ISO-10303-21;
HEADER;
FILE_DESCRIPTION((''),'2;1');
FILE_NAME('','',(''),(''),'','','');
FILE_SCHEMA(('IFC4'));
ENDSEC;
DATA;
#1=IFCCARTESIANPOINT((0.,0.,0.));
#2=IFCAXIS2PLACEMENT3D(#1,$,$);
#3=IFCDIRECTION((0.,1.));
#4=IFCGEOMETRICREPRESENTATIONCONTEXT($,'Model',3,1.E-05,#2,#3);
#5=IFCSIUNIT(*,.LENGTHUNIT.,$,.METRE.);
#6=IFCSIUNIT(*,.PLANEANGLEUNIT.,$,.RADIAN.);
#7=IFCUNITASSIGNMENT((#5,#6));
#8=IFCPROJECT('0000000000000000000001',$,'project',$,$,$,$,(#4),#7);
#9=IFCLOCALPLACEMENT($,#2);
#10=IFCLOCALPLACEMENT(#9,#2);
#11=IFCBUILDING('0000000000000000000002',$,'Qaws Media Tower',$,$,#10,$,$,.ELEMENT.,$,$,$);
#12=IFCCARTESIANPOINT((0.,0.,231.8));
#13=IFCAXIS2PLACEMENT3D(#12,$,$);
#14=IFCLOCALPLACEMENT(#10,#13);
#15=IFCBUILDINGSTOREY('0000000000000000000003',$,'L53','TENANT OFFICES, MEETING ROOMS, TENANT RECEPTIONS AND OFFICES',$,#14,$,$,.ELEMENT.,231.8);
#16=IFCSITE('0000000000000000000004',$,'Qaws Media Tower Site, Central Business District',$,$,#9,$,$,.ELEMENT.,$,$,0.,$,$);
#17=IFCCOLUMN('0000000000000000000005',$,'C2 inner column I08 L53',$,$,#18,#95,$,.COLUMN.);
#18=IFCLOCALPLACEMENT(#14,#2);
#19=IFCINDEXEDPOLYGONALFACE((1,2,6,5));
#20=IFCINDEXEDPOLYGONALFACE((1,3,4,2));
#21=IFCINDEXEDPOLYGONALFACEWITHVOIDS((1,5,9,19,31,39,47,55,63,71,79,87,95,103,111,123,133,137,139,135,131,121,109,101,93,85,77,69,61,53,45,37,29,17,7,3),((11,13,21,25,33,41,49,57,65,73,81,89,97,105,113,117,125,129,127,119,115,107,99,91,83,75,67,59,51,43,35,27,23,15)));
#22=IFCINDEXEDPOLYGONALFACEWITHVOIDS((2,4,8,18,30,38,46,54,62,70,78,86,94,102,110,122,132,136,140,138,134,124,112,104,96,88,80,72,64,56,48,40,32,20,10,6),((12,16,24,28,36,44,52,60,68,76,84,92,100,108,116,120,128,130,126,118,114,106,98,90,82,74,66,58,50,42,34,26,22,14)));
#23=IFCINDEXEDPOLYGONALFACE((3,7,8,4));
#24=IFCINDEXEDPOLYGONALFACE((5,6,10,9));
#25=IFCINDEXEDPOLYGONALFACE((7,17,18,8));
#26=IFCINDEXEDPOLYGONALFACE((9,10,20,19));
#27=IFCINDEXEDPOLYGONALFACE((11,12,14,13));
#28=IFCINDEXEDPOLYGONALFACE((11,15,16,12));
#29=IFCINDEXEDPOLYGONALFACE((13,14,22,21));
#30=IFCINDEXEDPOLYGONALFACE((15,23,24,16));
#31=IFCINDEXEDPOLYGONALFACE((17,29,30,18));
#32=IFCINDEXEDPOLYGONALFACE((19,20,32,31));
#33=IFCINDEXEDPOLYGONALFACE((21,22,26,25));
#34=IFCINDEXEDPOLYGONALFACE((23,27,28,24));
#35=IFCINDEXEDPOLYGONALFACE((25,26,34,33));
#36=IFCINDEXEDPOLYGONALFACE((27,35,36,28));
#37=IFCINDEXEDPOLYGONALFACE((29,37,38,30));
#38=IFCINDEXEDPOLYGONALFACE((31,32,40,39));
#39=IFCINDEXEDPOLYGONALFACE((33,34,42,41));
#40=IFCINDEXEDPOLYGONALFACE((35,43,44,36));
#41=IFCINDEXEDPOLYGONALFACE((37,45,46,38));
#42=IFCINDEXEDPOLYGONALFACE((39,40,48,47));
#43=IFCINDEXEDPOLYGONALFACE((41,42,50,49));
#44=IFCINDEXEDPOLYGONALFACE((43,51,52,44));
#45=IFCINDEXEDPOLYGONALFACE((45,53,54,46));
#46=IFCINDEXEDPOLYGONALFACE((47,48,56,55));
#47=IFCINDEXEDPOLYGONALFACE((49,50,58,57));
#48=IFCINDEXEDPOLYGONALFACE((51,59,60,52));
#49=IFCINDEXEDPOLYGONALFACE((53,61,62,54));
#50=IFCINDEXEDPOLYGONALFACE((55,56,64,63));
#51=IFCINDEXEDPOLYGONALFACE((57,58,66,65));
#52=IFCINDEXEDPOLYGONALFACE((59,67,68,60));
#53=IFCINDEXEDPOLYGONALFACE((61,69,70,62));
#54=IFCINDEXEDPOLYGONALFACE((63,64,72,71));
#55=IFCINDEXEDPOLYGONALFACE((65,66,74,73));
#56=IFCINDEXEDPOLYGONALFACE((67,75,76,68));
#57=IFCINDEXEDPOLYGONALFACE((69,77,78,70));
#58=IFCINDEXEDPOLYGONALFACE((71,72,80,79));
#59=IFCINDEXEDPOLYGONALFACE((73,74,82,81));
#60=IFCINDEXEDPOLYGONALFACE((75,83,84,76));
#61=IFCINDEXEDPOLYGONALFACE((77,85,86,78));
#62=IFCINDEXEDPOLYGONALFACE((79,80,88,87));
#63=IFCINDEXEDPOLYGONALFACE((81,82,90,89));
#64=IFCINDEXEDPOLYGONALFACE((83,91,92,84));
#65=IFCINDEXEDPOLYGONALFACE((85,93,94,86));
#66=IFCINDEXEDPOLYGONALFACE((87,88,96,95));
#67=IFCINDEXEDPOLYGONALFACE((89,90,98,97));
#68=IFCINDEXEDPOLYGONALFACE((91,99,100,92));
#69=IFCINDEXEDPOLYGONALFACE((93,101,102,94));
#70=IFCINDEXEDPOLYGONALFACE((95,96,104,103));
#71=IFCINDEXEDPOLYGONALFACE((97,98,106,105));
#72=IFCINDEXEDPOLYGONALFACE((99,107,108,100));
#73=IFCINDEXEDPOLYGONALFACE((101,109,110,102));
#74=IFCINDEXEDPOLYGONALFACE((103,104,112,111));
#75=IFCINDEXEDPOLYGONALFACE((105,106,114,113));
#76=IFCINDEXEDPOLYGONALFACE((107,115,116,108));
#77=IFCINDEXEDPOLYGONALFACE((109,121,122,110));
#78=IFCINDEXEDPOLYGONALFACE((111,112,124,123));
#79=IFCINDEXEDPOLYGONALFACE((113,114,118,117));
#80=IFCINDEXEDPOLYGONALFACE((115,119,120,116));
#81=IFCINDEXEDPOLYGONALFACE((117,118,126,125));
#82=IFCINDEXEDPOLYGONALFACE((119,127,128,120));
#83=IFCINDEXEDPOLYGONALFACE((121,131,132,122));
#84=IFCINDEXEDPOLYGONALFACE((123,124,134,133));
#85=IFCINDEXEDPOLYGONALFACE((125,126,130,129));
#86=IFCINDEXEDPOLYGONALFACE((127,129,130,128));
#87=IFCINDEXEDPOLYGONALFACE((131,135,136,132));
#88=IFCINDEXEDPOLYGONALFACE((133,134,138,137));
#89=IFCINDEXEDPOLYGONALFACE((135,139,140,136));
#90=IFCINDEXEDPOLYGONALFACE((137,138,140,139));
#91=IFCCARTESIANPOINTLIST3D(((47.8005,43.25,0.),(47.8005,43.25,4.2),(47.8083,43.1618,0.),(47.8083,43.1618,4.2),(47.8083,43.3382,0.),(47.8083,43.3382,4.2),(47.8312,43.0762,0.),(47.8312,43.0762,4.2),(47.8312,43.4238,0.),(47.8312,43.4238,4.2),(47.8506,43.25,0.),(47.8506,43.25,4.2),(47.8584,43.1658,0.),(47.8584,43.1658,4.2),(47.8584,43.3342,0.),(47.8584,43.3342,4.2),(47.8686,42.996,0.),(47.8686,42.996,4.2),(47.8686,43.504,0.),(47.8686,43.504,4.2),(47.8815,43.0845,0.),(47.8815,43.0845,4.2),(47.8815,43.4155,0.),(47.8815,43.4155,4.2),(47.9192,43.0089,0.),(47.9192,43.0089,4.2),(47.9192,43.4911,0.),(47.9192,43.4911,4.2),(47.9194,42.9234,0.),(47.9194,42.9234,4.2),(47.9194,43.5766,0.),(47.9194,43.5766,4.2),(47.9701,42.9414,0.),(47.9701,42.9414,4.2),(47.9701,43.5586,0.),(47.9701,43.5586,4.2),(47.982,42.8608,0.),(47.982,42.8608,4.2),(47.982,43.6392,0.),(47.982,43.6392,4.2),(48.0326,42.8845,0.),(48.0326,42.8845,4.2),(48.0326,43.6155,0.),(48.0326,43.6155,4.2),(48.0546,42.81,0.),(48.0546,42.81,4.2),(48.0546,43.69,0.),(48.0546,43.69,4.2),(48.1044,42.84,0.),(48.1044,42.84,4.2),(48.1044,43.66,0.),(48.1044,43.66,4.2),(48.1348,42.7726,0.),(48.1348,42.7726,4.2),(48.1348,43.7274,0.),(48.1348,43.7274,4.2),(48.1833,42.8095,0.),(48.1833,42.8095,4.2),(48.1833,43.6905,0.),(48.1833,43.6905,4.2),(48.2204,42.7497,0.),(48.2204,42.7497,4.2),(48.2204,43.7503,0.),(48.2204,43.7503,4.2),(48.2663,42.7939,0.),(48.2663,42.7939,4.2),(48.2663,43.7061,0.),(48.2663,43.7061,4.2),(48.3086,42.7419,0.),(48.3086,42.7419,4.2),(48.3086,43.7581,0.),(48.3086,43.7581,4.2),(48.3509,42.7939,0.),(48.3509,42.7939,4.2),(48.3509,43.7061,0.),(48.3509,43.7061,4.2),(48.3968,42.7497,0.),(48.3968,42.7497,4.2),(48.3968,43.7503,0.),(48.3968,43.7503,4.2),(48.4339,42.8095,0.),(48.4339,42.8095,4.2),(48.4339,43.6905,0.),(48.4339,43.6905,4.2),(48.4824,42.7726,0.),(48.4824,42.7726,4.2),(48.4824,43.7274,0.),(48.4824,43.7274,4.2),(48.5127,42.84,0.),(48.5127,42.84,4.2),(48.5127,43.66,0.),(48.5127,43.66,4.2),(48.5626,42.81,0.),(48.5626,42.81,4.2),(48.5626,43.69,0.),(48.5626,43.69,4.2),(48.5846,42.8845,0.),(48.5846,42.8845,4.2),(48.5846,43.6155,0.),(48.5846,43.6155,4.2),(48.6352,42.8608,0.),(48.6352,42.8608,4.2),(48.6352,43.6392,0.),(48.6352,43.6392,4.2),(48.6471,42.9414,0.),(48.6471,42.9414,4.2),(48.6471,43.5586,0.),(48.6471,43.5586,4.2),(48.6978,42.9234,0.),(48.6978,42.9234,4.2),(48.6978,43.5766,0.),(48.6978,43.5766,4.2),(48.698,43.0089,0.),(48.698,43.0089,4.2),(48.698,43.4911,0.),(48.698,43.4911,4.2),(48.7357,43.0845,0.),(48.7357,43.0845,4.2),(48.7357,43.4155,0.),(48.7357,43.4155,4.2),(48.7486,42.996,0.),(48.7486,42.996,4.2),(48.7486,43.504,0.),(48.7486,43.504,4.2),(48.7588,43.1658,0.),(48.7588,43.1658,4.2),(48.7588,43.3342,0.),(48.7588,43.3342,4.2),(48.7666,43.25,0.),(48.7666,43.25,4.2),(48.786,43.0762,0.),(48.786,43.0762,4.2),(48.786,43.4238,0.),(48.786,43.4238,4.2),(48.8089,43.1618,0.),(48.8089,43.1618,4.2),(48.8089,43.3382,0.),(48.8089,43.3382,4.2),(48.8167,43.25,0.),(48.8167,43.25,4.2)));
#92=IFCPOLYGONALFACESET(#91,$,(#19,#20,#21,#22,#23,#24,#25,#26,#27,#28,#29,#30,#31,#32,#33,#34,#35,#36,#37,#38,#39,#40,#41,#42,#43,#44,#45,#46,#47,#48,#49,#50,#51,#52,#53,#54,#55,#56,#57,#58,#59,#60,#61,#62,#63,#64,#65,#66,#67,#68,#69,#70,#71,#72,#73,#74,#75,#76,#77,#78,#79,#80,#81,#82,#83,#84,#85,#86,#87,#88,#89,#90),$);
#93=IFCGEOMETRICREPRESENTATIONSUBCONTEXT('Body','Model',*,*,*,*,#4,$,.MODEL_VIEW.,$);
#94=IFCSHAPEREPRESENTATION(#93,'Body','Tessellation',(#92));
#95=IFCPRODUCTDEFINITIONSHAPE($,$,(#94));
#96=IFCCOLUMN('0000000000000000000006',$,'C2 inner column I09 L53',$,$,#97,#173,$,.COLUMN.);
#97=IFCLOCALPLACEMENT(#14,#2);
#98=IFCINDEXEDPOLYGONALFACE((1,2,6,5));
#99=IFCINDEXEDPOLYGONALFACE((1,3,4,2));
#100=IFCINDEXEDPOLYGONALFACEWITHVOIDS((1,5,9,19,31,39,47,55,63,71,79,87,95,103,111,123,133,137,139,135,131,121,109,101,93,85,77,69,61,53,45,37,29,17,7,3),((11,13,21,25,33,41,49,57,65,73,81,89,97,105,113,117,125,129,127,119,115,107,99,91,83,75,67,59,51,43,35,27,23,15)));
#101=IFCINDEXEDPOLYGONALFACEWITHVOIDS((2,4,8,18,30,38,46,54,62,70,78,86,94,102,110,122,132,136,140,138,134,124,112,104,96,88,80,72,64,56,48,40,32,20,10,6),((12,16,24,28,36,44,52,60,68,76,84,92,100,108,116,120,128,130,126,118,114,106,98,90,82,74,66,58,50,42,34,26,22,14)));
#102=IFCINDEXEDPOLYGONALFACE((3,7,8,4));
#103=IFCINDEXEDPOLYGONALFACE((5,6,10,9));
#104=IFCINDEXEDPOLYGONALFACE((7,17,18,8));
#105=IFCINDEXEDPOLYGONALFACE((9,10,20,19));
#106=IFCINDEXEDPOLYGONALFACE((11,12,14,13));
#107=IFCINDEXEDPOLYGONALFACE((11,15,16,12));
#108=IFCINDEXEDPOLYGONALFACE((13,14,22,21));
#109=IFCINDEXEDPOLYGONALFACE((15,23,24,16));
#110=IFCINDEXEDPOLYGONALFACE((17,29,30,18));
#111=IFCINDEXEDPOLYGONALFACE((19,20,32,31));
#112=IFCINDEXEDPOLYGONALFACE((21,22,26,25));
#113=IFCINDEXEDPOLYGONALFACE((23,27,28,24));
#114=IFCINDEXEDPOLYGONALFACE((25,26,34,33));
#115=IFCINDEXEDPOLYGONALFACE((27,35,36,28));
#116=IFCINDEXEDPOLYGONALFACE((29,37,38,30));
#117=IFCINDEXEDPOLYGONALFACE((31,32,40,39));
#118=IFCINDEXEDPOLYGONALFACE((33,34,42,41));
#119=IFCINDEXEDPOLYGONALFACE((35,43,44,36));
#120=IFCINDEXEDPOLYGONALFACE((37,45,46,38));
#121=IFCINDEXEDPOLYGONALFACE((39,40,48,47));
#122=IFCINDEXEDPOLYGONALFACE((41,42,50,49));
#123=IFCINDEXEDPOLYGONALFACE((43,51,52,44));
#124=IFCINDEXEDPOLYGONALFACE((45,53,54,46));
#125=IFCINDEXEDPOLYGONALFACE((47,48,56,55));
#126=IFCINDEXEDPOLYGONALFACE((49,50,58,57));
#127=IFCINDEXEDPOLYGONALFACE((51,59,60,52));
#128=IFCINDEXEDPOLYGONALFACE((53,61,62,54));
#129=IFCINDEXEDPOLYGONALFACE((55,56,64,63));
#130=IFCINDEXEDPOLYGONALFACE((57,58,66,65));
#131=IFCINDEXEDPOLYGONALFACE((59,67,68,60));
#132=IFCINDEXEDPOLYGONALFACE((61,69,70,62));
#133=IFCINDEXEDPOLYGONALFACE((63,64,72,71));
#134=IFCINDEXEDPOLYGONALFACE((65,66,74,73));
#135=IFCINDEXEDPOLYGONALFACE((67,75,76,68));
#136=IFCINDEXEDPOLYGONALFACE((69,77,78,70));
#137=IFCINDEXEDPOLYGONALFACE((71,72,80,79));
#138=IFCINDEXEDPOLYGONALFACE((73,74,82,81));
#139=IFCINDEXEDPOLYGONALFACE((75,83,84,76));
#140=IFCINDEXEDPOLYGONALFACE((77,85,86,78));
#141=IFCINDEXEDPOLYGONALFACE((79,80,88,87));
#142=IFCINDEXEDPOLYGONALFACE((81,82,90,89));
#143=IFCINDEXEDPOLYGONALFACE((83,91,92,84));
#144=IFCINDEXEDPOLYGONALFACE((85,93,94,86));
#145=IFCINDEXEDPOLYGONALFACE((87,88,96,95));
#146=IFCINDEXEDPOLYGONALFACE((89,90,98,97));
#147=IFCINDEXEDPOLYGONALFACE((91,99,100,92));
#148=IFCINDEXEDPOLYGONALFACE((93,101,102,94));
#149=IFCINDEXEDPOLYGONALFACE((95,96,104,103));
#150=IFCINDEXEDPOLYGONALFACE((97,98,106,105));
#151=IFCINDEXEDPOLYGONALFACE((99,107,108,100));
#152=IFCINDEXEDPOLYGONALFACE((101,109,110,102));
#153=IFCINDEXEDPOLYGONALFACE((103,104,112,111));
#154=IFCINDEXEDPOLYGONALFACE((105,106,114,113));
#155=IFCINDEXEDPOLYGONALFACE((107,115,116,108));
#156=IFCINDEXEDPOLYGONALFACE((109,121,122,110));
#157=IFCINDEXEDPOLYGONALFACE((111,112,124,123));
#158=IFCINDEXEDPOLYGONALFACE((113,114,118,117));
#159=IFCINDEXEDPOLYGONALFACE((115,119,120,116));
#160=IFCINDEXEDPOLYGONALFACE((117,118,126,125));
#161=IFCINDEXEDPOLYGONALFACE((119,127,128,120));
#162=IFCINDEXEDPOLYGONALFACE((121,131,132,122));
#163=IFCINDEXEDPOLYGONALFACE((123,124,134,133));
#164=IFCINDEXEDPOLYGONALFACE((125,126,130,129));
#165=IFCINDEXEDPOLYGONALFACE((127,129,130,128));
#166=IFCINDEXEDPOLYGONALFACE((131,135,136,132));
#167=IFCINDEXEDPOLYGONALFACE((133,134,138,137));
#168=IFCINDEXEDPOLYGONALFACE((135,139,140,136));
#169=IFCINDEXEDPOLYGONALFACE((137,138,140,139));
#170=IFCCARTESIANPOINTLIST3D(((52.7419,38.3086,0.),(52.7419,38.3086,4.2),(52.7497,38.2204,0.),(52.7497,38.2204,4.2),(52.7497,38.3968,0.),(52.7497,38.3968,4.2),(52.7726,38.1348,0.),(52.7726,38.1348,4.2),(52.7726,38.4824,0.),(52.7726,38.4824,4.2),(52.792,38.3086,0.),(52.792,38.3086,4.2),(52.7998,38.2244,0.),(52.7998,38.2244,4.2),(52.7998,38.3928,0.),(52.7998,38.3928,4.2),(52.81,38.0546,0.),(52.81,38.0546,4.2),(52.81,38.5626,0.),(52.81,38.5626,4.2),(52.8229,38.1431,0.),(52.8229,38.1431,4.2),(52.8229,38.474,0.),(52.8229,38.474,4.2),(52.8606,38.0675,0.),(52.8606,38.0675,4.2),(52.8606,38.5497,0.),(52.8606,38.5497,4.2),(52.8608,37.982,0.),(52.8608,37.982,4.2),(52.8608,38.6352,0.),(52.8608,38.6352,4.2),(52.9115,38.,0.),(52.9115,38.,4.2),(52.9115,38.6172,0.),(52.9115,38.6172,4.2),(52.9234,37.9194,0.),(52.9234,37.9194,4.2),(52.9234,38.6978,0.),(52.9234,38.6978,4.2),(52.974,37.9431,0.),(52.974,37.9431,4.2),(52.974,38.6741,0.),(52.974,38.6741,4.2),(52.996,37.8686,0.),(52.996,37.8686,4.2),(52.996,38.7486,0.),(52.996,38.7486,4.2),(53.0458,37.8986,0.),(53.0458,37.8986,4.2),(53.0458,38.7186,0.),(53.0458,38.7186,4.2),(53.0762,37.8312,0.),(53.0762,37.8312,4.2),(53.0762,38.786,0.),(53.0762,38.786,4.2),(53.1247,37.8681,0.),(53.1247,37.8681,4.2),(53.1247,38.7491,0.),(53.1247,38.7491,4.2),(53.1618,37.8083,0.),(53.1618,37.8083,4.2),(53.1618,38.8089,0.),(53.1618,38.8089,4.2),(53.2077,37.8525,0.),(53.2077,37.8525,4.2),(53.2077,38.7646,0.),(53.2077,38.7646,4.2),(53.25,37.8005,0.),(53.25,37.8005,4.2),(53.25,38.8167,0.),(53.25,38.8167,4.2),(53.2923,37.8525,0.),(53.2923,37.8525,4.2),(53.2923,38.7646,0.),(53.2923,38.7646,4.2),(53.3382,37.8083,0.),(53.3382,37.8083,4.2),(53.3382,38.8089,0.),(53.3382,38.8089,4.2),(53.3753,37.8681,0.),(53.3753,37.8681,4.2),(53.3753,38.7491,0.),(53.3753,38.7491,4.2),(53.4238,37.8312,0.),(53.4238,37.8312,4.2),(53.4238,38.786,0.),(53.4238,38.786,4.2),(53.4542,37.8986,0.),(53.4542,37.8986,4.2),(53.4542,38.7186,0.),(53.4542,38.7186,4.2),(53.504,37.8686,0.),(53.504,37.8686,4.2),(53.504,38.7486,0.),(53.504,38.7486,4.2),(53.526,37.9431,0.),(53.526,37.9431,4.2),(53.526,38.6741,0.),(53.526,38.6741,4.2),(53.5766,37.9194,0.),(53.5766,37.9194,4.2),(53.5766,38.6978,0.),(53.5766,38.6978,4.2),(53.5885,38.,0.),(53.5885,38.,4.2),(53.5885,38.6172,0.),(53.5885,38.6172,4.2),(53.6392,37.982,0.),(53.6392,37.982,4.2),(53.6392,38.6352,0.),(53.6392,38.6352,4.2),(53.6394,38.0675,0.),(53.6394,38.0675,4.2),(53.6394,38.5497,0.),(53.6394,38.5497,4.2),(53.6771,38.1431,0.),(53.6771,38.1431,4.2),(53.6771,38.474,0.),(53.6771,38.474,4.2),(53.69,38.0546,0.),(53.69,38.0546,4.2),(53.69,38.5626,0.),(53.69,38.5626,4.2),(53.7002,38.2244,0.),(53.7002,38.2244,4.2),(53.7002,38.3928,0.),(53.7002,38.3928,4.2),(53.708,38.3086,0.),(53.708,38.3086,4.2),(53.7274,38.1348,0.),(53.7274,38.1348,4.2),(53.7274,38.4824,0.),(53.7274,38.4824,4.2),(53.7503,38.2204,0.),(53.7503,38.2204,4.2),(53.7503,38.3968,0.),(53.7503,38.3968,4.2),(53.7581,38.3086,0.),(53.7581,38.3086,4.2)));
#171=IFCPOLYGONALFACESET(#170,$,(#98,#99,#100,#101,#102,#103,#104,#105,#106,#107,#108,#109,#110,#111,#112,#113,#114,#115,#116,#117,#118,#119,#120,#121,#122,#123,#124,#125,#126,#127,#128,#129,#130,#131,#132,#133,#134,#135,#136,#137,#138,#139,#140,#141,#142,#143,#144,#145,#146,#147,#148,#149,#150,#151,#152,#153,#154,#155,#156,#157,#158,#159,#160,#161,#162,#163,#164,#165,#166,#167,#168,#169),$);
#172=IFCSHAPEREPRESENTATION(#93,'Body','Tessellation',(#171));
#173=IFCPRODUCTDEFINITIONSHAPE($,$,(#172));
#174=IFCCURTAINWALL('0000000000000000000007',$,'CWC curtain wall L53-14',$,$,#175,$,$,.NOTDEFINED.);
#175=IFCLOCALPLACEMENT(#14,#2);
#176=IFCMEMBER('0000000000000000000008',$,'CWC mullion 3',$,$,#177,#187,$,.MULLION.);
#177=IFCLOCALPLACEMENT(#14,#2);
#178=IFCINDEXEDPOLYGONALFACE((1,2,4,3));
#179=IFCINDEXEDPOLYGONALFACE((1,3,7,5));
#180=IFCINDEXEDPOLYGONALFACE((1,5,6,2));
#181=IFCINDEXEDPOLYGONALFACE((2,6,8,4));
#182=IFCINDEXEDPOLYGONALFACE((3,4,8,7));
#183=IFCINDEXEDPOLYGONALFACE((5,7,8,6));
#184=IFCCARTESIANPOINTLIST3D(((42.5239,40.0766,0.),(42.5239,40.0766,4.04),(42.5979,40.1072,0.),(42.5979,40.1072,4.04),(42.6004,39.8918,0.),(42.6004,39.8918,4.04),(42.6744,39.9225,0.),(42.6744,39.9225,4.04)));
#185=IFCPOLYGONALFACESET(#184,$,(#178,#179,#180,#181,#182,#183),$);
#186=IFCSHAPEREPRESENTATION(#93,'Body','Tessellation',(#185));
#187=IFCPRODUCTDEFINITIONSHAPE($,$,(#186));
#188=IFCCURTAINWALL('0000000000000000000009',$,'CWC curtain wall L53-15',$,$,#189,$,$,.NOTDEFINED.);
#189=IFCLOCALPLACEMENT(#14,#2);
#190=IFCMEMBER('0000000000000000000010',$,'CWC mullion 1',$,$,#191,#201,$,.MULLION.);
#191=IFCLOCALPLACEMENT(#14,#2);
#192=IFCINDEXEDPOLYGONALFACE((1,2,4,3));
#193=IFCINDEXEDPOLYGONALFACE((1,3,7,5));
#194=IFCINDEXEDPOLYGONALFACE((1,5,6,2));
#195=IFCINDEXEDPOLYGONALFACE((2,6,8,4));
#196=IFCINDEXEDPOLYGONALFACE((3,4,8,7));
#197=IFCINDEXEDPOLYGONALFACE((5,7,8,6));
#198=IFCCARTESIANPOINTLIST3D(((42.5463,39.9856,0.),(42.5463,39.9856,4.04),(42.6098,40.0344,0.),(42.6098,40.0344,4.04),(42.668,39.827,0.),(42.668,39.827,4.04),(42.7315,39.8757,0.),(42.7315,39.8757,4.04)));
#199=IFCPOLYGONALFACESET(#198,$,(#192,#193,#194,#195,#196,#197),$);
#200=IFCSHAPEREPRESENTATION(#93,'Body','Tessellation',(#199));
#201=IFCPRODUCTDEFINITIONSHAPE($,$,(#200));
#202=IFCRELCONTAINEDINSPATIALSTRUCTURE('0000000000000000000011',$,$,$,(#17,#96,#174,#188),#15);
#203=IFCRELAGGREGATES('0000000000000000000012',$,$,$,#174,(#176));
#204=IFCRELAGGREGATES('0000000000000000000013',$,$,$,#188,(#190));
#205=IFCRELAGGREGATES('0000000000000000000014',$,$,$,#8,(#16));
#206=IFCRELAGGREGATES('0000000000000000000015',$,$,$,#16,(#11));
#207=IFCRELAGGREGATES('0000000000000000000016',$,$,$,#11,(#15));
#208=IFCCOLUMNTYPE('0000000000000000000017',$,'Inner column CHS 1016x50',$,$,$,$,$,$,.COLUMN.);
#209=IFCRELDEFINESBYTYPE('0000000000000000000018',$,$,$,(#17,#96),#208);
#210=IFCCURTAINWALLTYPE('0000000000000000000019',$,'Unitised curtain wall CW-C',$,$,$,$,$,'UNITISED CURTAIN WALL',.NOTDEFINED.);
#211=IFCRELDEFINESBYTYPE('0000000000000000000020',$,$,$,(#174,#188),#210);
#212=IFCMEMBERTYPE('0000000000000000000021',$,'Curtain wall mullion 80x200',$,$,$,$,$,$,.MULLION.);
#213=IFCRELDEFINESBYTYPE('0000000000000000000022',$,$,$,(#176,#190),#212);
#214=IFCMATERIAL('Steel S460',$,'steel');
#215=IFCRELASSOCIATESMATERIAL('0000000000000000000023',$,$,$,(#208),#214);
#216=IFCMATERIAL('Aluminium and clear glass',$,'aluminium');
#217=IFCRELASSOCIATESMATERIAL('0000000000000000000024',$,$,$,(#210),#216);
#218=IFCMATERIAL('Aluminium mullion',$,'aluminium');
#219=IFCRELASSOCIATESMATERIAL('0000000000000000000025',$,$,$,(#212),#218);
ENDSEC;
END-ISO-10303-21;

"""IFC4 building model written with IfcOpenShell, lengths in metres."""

from ifc_helpers import new_model, si_unit, direction, frame, origin, origin_2d, place, context, subcontext, project, spatial, rectangle, hollow_circle, extrude, material, material_profile, profile_set, type_object, element, aggregate, save


model = new_model("IFC4")

# Units and contexts
model_context = context("Model", 3, precision=1e-05, world=origin(), true_north=direction((0.0, 1.0)))
body_context = subcontext(model_context, "Body", "Model", "MODEL_VIEW")
ifc_project = project(units=[si_unit("LENGTHUNIT", "METRE"), si_unit("PLANEANGLEUNIT", "RADIAN")], contexts=[model_context])

# Site, building, storey
site_placement = place(None, origin())
site = spatial("IfcSite", under=ifc_project, at=site_placement, Name="Qaws Media Tower Site, Central Business District", CompositionType="ELEMENT", RefElevation=0.0)
building_placement = place(site_placement, origin())
building = spatial("IfcBuilding", under=site, at=building_placement, Name="Qaws Media Tower", CompositionType="ELEMENT")
storey_placement = place(building_placement, frame((0.0, 0.0, 231.8)))
storey = spatial("IfcBuildingStorey", under=building, at=storey_placement, Name="L53", Description="TENANT OFFICES, MEETING ROOMS, TENANT RECEPTIONS AND OFFICES", CompositionType="ELEMENT", Elevation=231.8)

# Columns
ifc_material_1 = material(Name="Steel S460", Category="steel")
ifc_material_profile_1 = material_profile(ifc_material_1, hollow_circle(Radius=0.5081, WallThickness=0.05, at=origin_2d()), Name="CHS 1016x50")
ifc_profile_set_1 = profile_set([ifc_material_profile_1], Name="Steel S460")
column_type = type_object("IfcColumnType", Name="Inner column CHS 1016x50", PredefinedType="COLUMN", material=ifc_profile_set_1)
for number, where, z_axis, x_axis, name in (
    (1, (48.3086, 43.25, 0.0), (0.0, 0.0, 1.0), (1.0, 0.0, 0.0), "C2 inner column I08 L53"),
    (2, (53.25, 38.3086, 0.0), (0.0, 0.0, 1.0), (1.0, 0.0, 0.0), "C2 inner column I09 L53"),
):
    element("IfcColumn", number, at=place(storey_placement, frame(where, z_axis=z_axis, x_axis=x_axis)), inside=storey, type_object=column_type, Name=name, PredefinedType="COLUMN", context=body_context, shape_type="SweptSolid", body=[
        extrude(hollow_circle(Radius=0.5081, WallThickness=0.05, at=origin_2d()), origin(), (0.0, 0.0, 1.0), 4.2),
    ])

# Curtain wall, member
ifc_material_2 = material(Name="Aluminium and clear glass", Category="aluminium")
curtain_wall_type = type_object("IfcCurtainWallType", Name="Unitised curtain wall CW-C", ElementType="UNITISED CURTAIN WALL", PredefinedType="NOTDEFINED", material=ifc_material_2)
curtain_wall_1_placement = place(storey_placement, origin())
curtain_wall_1 = element("IfcCurtainWall", 3, at=curtain_wall_1_placement, inside=storey, type_object=curtain_wall_type, Name="CWC curtain wall L53-14", PredefinedType="NOTDEFINED")
ifc_material_3 = material(Name="Aluminium mullion", Category="aluminium")
ifc_material_profile_2 = material_profile(ifc_material_3, rectangle(XDim=0.0801, YDim=0.2, at=origin_2d()), Name="80x200")
ifc_profile_set_2 = profile_set([ifc_material_profile_2], Name="Aluminium mullion")
member_type_1 = type_object("IfcMemberType", Name="Curtain wall mullion 80x200", PredefinedType="MULLION", material=ifc_profile_set_2)
member_1_placement = place(storey_placement, frame((42.5991, 39.9995, 0.0), z_axis=(0.0, 0.0, 1.0), x_axis=(0.92388, 0.382683, 0.0)))
member_1 = element("IfcMember", 4, at=member_1_placement, type_object=member_type_1, Name="CWC mullion 3", PredefinedType="MULLION", context=body_context, shape_type="SweptSolid", body=[
    extrude(rectangle(XDim=0.0801, YDim=0.2, at=origin_2d()), origin(), (0.0, 0.0, 1.0), 4.04),
])

# Curtain wall, member
curtain_wall_2_placement = place(storey_placement, origin())
curtain_wall_2 = element("IfcCurtainWall", 5, at=curtain_wall_2_placement, inside=storey, type_object=curtain_wall_type, Name="CWC curtain wall L53-15", PredefinedType="NOTDEFINED")
member_2_placement = place(storey_placement, frame((42.6389, 39.9307, 0.0), z_axis=(0.0, 0.0, 1.0), x_axis=(0.793353, 0.608761, 0.0)))
member_2 = element("IfcMember", 6, at=member_2_placement, type_object=member_type_1, Name="CWC mullion 1", PredefinedType="MULLION", context=body_context, shape_type="SweptSolid", body=[
    extrude(rectangle(XDim=0.0801, YDim=0.2, at=origin_2d()), origin(), (0.0, 0.0, 1.0), 4.04),
])

aggregate(curtain_wall_1, [member_1])
aggregate(curtain_wall_2, [member_2])

save(model, "model.ifc")
